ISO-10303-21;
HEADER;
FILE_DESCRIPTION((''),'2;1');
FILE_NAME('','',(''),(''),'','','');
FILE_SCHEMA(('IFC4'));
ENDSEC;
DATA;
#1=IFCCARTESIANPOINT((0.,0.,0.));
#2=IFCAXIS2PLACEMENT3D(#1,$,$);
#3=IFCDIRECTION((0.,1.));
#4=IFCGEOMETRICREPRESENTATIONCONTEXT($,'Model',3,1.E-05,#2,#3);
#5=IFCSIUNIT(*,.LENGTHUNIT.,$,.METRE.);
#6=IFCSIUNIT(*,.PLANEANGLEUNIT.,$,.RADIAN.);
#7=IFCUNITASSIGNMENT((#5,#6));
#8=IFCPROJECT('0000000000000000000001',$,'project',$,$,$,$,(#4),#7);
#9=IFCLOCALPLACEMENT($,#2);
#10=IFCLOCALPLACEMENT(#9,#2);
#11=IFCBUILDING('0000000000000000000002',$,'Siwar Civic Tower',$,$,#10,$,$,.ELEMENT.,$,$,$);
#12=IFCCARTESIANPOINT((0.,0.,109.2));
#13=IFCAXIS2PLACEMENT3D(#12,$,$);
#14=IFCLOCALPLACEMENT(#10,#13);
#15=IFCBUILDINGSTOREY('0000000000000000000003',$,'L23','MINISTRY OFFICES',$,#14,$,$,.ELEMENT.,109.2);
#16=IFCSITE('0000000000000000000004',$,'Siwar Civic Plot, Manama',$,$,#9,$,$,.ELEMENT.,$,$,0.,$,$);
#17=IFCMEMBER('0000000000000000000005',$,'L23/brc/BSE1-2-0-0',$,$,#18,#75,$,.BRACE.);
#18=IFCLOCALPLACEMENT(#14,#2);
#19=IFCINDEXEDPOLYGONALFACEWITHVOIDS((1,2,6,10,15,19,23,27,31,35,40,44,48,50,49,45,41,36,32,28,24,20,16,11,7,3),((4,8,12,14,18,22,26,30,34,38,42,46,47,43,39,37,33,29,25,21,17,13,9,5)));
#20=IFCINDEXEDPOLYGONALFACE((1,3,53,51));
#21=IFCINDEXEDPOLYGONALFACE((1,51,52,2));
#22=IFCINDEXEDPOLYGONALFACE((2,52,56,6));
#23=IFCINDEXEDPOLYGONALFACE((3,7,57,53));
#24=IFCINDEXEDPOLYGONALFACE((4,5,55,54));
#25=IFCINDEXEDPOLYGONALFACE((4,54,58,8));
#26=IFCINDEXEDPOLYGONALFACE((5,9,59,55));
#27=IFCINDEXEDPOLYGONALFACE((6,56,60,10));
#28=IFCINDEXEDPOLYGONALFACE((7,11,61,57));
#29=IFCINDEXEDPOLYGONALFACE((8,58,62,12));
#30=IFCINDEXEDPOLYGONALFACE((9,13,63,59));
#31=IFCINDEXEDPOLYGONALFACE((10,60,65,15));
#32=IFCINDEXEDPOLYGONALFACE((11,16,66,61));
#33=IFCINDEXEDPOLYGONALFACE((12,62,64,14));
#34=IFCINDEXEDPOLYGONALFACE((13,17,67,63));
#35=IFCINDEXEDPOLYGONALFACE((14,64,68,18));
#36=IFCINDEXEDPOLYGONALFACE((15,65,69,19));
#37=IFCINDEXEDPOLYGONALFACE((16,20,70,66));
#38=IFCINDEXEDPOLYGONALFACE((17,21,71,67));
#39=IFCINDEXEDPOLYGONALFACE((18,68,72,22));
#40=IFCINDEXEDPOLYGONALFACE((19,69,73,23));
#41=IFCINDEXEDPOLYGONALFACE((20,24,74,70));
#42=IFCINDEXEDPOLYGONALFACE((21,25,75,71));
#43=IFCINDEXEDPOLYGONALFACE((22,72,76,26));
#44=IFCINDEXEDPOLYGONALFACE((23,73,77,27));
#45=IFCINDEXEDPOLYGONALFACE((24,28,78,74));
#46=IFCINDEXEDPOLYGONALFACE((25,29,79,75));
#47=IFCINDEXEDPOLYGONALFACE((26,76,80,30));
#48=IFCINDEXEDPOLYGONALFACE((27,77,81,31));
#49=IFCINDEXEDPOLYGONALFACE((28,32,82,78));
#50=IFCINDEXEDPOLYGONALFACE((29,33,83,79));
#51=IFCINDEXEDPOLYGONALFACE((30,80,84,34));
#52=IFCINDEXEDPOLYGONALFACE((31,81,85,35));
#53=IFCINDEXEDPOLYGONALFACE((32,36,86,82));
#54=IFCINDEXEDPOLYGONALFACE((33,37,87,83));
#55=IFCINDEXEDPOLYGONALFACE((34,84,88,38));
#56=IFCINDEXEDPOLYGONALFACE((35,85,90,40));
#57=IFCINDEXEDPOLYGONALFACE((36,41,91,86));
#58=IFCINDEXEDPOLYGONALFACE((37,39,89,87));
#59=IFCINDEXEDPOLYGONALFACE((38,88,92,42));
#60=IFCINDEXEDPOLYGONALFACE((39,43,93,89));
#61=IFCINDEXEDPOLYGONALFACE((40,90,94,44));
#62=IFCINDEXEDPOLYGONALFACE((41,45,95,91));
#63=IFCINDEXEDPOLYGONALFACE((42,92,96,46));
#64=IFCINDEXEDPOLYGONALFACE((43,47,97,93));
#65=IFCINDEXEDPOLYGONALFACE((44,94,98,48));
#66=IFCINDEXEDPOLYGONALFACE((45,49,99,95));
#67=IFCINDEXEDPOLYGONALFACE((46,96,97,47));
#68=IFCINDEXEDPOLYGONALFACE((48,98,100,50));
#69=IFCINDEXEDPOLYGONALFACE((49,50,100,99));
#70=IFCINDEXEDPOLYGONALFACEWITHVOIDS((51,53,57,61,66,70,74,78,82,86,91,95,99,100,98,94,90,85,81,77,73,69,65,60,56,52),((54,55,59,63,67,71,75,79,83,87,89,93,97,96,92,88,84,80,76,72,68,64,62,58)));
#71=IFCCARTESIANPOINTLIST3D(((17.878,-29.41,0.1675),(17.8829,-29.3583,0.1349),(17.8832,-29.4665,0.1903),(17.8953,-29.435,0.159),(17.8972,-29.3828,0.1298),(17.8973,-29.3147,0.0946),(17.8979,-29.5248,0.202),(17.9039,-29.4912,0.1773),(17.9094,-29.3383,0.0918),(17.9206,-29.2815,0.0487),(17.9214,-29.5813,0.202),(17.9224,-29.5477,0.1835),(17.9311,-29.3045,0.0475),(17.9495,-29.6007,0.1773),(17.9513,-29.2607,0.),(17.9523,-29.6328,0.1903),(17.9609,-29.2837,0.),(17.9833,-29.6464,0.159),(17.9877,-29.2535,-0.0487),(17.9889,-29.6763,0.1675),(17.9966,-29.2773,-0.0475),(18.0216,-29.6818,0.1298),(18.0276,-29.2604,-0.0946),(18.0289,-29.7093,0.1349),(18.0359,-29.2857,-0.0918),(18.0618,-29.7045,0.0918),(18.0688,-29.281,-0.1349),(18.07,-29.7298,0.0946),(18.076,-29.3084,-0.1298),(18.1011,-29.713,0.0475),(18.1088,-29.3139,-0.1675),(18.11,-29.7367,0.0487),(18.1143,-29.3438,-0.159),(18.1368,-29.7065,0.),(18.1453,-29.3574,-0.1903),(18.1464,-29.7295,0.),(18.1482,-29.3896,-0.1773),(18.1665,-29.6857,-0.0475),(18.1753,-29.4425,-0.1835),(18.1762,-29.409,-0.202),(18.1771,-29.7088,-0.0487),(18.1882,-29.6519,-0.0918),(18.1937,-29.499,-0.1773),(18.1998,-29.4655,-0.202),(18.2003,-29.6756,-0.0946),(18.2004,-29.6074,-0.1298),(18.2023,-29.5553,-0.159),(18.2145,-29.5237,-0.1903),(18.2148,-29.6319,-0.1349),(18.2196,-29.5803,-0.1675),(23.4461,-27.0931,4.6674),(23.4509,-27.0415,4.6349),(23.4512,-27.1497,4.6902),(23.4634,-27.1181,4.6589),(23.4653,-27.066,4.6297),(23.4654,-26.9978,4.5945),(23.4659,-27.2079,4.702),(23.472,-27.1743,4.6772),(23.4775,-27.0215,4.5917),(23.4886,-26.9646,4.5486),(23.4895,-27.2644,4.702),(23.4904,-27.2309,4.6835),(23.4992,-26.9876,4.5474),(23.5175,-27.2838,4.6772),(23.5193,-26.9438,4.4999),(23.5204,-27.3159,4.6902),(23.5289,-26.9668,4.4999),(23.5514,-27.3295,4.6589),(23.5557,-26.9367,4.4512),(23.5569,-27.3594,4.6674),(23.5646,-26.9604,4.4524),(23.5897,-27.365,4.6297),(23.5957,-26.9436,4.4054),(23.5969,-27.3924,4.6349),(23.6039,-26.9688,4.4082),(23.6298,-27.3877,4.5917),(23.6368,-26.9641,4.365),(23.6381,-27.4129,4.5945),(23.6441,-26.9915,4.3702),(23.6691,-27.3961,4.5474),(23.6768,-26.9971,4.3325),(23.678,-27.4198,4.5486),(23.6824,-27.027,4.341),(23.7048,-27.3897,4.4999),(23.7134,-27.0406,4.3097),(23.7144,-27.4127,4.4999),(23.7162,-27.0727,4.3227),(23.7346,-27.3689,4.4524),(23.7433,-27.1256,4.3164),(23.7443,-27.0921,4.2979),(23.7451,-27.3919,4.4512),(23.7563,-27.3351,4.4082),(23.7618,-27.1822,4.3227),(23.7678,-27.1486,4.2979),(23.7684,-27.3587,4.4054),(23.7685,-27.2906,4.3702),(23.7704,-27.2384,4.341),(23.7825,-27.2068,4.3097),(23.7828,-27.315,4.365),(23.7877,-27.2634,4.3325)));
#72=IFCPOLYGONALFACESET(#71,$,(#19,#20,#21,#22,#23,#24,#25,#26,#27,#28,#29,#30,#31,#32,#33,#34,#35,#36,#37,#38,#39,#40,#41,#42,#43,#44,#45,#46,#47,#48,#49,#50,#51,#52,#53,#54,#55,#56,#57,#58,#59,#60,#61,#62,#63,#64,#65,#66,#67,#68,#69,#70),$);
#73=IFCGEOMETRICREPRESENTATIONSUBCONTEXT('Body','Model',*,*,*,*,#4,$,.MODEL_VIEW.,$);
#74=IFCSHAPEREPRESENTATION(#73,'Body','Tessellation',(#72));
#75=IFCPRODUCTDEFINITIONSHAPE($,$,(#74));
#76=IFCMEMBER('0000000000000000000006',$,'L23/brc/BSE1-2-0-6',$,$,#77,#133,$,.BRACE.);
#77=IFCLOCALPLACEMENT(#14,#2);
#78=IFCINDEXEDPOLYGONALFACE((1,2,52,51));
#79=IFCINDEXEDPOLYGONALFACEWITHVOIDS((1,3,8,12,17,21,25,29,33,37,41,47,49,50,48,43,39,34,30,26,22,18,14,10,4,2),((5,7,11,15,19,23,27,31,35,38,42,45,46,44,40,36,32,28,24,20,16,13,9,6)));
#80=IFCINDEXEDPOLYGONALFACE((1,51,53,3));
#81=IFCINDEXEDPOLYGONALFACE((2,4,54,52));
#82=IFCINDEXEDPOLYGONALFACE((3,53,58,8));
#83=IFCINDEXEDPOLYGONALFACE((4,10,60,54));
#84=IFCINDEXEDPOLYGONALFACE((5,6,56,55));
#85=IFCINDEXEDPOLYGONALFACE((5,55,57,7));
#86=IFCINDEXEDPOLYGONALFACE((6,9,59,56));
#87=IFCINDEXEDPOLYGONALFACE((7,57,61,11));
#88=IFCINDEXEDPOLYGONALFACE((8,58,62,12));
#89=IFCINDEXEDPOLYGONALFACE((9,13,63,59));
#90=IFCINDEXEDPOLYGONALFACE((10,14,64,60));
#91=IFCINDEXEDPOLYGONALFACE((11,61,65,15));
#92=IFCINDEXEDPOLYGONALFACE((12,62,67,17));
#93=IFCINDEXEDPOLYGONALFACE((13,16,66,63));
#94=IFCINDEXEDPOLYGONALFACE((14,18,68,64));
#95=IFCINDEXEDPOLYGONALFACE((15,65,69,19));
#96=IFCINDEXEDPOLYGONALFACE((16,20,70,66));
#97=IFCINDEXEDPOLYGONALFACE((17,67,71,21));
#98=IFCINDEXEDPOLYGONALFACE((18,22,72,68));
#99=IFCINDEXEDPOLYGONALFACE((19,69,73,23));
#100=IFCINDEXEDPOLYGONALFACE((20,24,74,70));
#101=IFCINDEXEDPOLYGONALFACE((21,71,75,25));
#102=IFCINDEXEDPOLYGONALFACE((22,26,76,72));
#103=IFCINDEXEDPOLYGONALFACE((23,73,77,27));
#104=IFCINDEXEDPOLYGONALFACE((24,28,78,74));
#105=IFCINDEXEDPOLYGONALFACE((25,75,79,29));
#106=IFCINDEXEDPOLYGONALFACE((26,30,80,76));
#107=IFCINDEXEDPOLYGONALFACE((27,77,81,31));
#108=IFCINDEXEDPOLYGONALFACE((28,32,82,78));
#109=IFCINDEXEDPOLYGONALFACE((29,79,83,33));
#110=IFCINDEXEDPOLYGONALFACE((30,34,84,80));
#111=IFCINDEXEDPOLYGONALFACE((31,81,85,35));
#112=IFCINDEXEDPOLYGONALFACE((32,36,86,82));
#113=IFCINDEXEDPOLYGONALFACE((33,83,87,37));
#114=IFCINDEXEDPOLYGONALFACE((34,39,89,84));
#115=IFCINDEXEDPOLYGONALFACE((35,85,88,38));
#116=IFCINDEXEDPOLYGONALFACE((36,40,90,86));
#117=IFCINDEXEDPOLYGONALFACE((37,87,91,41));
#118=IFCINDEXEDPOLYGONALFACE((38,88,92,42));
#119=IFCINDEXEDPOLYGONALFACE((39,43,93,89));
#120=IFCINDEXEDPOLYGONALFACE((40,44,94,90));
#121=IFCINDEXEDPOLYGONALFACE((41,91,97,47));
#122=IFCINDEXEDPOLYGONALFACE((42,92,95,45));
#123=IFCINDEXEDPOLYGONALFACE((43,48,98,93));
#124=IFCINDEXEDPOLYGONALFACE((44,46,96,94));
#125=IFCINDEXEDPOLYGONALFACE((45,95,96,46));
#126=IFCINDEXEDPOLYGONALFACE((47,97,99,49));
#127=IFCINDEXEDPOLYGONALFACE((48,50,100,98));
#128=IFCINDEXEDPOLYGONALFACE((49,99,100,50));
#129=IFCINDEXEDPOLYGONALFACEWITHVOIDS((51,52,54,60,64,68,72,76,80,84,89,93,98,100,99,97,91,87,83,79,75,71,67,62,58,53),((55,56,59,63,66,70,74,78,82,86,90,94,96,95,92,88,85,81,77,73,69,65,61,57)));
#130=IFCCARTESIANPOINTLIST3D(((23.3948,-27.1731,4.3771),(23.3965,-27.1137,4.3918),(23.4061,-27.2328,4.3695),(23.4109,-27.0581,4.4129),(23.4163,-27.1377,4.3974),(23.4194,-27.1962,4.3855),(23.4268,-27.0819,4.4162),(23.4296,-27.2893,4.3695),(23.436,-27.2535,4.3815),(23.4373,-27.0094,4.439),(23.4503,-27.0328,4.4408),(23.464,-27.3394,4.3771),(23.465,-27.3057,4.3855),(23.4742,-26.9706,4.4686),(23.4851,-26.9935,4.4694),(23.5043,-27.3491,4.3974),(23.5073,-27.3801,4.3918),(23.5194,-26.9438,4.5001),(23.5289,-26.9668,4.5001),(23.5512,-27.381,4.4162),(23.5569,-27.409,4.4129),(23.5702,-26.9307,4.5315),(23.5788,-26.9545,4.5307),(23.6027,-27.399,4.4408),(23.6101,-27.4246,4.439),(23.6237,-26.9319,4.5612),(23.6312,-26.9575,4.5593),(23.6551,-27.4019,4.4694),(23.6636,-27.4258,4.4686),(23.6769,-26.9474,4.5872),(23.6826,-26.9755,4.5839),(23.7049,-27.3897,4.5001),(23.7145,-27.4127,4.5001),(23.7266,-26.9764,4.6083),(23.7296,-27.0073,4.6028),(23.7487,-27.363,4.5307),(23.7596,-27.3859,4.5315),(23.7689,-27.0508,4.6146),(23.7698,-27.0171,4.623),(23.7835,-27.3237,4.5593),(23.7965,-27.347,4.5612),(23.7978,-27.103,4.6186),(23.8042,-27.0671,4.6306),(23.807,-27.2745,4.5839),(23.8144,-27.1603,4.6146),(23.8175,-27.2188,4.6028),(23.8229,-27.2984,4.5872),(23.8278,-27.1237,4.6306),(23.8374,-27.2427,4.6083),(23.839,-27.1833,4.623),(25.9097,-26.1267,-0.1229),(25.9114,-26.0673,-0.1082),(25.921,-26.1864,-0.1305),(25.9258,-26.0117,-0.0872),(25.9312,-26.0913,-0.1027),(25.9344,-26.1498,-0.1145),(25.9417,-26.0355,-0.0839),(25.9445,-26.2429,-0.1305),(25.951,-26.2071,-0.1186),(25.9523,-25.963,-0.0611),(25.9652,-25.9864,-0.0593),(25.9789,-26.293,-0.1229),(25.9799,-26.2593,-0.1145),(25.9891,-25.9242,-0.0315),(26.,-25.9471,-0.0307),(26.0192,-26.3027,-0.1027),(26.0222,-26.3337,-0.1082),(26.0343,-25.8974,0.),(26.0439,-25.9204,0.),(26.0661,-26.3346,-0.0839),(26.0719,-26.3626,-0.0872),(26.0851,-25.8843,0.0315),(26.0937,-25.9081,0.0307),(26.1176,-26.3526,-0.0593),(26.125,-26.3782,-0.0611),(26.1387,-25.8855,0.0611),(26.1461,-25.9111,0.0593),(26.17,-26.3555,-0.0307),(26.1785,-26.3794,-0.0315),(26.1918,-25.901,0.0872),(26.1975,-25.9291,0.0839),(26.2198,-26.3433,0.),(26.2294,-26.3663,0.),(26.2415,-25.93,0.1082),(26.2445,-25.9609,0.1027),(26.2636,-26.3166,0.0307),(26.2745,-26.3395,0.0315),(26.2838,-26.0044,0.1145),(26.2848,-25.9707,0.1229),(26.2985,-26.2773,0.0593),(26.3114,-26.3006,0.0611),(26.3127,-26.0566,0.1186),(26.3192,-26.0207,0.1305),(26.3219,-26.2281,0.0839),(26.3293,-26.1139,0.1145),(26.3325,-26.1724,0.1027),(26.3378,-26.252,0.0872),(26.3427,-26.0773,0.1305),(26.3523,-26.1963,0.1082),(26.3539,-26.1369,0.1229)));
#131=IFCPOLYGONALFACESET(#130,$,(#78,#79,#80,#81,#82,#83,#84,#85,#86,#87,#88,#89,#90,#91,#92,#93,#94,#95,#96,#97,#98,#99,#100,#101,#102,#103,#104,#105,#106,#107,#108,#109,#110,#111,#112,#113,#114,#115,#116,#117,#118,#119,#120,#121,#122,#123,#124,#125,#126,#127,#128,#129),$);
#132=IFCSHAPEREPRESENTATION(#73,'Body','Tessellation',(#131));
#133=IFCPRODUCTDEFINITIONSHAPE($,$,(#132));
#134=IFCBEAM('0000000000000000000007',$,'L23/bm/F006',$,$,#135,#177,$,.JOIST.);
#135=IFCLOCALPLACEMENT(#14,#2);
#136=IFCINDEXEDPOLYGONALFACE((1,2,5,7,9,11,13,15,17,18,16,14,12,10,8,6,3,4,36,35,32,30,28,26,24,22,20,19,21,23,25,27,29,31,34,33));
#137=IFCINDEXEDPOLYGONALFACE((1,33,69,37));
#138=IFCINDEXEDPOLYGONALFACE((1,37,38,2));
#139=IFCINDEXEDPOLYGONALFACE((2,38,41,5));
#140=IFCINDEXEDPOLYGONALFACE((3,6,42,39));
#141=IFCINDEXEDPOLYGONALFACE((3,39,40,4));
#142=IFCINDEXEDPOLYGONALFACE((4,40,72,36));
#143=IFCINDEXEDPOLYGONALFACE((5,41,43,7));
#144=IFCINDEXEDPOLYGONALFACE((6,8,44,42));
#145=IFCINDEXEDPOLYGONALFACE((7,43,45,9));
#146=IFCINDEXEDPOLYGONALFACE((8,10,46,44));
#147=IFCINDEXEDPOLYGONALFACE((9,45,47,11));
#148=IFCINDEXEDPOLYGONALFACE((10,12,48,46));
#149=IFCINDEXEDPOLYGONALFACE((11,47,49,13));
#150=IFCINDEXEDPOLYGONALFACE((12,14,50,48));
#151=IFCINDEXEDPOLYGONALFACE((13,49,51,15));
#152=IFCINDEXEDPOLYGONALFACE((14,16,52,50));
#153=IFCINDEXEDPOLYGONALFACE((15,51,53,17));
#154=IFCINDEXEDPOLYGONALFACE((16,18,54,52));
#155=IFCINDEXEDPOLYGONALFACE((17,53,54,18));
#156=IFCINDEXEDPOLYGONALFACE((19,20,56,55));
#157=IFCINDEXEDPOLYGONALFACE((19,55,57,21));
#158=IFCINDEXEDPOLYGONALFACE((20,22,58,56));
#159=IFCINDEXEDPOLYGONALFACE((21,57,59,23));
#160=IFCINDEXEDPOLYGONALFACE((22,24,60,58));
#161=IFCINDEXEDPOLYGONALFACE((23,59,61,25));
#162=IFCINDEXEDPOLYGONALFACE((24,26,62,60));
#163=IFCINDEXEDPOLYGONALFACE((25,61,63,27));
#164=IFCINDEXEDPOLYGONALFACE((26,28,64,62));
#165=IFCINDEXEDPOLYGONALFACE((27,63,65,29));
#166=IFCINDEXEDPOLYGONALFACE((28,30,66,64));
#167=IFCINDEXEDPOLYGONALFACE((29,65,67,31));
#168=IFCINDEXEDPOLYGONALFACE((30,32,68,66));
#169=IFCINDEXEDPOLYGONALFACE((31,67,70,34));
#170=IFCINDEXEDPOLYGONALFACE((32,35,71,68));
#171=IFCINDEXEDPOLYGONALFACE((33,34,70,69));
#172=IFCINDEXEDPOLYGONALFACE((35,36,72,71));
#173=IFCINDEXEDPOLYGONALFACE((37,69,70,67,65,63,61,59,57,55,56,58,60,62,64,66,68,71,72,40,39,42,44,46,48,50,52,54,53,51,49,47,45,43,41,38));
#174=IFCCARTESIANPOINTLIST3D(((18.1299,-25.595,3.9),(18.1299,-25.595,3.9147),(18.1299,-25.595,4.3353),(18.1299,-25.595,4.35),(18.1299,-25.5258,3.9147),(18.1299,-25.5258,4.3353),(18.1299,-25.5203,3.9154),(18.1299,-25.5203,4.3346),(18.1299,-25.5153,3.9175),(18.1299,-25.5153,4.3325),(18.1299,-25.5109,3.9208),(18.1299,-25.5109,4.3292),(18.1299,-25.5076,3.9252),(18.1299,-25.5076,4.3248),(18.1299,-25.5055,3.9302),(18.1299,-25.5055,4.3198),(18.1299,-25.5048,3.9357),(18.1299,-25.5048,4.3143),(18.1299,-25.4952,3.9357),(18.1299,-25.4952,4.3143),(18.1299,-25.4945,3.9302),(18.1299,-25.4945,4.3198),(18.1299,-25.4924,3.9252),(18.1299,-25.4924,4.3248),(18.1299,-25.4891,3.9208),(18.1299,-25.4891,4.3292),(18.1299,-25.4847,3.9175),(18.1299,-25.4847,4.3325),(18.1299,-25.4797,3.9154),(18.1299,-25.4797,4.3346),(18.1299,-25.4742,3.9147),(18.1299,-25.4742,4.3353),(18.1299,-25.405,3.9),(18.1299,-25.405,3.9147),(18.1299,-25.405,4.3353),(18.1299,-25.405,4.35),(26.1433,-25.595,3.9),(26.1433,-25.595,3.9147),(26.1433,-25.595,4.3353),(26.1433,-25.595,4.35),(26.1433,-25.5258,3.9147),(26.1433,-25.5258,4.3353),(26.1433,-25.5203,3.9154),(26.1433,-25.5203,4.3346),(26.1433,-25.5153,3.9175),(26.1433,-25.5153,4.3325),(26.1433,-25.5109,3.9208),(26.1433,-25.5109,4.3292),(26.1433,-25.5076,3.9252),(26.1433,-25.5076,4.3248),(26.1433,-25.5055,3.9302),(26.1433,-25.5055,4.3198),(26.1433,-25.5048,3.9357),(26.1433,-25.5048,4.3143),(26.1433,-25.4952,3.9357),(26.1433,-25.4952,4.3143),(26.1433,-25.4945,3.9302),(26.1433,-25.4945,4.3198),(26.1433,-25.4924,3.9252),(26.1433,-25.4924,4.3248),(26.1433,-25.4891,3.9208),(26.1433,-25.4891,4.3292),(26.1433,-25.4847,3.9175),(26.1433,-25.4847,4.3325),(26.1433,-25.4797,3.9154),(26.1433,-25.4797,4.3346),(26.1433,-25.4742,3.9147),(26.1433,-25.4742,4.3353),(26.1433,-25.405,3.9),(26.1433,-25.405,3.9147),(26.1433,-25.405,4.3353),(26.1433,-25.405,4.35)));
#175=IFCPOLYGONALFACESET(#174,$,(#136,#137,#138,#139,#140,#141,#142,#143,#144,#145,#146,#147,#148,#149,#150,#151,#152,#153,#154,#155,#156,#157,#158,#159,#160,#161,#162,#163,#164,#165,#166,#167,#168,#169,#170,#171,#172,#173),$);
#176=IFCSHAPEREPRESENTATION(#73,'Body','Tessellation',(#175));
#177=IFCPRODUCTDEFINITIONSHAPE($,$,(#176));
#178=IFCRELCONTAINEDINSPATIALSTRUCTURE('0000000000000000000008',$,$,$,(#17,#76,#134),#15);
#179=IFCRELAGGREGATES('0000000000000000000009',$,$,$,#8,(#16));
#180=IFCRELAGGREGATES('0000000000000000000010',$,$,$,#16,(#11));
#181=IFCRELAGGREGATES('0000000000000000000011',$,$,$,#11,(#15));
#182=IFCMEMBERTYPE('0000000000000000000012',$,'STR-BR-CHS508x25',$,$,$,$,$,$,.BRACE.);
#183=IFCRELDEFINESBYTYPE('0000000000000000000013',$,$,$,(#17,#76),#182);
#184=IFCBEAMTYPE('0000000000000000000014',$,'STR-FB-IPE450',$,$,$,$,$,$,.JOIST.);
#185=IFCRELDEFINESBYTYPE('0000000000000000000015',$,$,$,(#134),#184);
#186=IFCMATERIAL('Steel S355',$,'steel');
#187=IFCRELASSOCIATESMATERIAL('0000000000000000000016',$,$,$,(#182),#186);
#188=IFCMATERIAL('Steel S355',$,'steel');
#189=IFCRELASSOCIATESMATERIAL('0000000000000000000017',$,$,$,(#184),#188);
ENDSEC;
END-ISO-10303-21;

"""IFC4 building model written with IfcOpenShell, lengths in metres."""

from ifc_helpers import new_model, si_unit, direction, frame, origin, origin_2d, place, context, subcontext, project, spatial, hollow_circle, i_section, extrude, material, material_profile, profile_set, type_object, element, save


model = new_model("IFC4")

# Units and contexts
model_context = context("Model", 3, precision=1e-05, world=origin(), true_north=direction((0.0, 1.0)))
body_context = subcontext(model_context, "Body", "Model", "MODEL_VIEW")
ifc_project = project(units=[si_unit("LENGTHUNIT", "METRE"), si_unit("PLANEANGLEUNIT", "RADIAN")], contexts=[model_context])

# Site, building, storey
site_placement = place(None, origin())
site = spatial("IfcSite", under=ifc_project, at=site_placement, Name="Siwar Civic Plot, Manama", CompositionType="ELEMENT", RefElevation=0.0)
building_placement = place(site_placement, origin())
building = spatial("IfcBuilding", under=site, at=building_placement, Name="Siwar Civic Tower", CompositionType="ELEMENT")
storey_placement = place(building_placement, frame((0.0, 0.0, 109.2)))
storey = spatial("IfcBuildingStorey", under=building, at=storey_placement, Name="L23", Description="MINISTRY OFFICES", CompositionType="ELEMENT", Elevation=109.2)

# Members
ifc_material_1 = material(Name="Steel S355", Category="steel")
ifc_material_profile_1 = material_profile(ifc_material_1, hollow_circle(Radius=0.2539, WallThickness=0.0249, at=origin_2d()), Name="CHS508x25")
ifc_profile_set_1 = profile_set([ifc_material_profile_1], Name="Steel S355")
member_type_1 = type_object("IfcMemberType", Name="STR-BR-CHS508x25", PredefinedType="BRACE", material=ifc_profile_set_1)
member_1_placement = place(storey_placement, frame((18.0488, -29.4951, 0.0), z_axis=(0.739973, 0.307903, 0.598026), x_axis=(-0.38417, 0.923262, 0.0)))
element("IfcMember", 1, at=member_1_placement, inside=storey, type_object=member_type_1, Name="L23/brc/BSE1-2-0-0", PredefinedType="BRACE", context=body_context, shape_type="SweptSolid", body=[
    extrude(hollow_circle(Radius=0.2539, WallThickness=0.0249, at=origin_2d()), origin(), (0.0, 0.0, 1.0), 7.5247),
])
member_2_placement = place(storey_placement, frame((26.1318, -26.1318, 0.0), z_axis=(-0.478099, -0.198926, 0.855482), x_axis=(0.384151, -0.92327, 0.0)))
element("IfcMember", 2, at=member_2_placement, inside=storey, type_object=member_type_1, Name="L23/brc/BSE1-2-0-6", PredefinedType="BRACE", context=body_context, shape_type="SweptSolid", body=[
    extrude(hollow_circle(Radius=0.2539, WallThickness=0.0249, at=origin_2d()), origin(), (0.0, 0.0, 1.0), 5.2603),
])

# Beam
ifc_material_2 = material(Name="Steel S355", Category="steel")
ifc_material_profile_2 = material_profile(ifc_material_2, i_section(OverallWidth=0.1899, OverallDepth=0.45, WebThickness=0.0095, FlangeThickness=0.0146, FilletRadius=0.021, at=origin_2d()), Name="IPE450")
ifc_profile_set_2 = profile_set([ifc_material_profile_2], Name="Steel S355")
beam_type_1 = type_object("IfcBeamType", Name="STR-FB-IPE450", PredefinedType="JOIST", material=ifc_profile_set_2)
beam_1_placement = place(storey_placement, frame((18.1299, -25.5, 4.125), z_axis=(1.0, 0.0, 0.0), x_axis=(0.0, 1.0, 0.0)))
element("IfcBeam", 3, at=beam_1_placement, inside=storey, type_object=beam_type_1, Name="L23/bm/F006", PredefinedType="JOIST", context=body_context, shape_type="SweptSolid", body=[
    extrude(i_section(OverallWidth=0.1899, OverallDepth=0.45, WebThickness=0.0095, FlangeThickness=0.0146, FilletRadius=0.021, at=origin_2d()), origin(), (0.0, 0.0, 1.0), 8.0134),
])

save(model, "model.ifc")
